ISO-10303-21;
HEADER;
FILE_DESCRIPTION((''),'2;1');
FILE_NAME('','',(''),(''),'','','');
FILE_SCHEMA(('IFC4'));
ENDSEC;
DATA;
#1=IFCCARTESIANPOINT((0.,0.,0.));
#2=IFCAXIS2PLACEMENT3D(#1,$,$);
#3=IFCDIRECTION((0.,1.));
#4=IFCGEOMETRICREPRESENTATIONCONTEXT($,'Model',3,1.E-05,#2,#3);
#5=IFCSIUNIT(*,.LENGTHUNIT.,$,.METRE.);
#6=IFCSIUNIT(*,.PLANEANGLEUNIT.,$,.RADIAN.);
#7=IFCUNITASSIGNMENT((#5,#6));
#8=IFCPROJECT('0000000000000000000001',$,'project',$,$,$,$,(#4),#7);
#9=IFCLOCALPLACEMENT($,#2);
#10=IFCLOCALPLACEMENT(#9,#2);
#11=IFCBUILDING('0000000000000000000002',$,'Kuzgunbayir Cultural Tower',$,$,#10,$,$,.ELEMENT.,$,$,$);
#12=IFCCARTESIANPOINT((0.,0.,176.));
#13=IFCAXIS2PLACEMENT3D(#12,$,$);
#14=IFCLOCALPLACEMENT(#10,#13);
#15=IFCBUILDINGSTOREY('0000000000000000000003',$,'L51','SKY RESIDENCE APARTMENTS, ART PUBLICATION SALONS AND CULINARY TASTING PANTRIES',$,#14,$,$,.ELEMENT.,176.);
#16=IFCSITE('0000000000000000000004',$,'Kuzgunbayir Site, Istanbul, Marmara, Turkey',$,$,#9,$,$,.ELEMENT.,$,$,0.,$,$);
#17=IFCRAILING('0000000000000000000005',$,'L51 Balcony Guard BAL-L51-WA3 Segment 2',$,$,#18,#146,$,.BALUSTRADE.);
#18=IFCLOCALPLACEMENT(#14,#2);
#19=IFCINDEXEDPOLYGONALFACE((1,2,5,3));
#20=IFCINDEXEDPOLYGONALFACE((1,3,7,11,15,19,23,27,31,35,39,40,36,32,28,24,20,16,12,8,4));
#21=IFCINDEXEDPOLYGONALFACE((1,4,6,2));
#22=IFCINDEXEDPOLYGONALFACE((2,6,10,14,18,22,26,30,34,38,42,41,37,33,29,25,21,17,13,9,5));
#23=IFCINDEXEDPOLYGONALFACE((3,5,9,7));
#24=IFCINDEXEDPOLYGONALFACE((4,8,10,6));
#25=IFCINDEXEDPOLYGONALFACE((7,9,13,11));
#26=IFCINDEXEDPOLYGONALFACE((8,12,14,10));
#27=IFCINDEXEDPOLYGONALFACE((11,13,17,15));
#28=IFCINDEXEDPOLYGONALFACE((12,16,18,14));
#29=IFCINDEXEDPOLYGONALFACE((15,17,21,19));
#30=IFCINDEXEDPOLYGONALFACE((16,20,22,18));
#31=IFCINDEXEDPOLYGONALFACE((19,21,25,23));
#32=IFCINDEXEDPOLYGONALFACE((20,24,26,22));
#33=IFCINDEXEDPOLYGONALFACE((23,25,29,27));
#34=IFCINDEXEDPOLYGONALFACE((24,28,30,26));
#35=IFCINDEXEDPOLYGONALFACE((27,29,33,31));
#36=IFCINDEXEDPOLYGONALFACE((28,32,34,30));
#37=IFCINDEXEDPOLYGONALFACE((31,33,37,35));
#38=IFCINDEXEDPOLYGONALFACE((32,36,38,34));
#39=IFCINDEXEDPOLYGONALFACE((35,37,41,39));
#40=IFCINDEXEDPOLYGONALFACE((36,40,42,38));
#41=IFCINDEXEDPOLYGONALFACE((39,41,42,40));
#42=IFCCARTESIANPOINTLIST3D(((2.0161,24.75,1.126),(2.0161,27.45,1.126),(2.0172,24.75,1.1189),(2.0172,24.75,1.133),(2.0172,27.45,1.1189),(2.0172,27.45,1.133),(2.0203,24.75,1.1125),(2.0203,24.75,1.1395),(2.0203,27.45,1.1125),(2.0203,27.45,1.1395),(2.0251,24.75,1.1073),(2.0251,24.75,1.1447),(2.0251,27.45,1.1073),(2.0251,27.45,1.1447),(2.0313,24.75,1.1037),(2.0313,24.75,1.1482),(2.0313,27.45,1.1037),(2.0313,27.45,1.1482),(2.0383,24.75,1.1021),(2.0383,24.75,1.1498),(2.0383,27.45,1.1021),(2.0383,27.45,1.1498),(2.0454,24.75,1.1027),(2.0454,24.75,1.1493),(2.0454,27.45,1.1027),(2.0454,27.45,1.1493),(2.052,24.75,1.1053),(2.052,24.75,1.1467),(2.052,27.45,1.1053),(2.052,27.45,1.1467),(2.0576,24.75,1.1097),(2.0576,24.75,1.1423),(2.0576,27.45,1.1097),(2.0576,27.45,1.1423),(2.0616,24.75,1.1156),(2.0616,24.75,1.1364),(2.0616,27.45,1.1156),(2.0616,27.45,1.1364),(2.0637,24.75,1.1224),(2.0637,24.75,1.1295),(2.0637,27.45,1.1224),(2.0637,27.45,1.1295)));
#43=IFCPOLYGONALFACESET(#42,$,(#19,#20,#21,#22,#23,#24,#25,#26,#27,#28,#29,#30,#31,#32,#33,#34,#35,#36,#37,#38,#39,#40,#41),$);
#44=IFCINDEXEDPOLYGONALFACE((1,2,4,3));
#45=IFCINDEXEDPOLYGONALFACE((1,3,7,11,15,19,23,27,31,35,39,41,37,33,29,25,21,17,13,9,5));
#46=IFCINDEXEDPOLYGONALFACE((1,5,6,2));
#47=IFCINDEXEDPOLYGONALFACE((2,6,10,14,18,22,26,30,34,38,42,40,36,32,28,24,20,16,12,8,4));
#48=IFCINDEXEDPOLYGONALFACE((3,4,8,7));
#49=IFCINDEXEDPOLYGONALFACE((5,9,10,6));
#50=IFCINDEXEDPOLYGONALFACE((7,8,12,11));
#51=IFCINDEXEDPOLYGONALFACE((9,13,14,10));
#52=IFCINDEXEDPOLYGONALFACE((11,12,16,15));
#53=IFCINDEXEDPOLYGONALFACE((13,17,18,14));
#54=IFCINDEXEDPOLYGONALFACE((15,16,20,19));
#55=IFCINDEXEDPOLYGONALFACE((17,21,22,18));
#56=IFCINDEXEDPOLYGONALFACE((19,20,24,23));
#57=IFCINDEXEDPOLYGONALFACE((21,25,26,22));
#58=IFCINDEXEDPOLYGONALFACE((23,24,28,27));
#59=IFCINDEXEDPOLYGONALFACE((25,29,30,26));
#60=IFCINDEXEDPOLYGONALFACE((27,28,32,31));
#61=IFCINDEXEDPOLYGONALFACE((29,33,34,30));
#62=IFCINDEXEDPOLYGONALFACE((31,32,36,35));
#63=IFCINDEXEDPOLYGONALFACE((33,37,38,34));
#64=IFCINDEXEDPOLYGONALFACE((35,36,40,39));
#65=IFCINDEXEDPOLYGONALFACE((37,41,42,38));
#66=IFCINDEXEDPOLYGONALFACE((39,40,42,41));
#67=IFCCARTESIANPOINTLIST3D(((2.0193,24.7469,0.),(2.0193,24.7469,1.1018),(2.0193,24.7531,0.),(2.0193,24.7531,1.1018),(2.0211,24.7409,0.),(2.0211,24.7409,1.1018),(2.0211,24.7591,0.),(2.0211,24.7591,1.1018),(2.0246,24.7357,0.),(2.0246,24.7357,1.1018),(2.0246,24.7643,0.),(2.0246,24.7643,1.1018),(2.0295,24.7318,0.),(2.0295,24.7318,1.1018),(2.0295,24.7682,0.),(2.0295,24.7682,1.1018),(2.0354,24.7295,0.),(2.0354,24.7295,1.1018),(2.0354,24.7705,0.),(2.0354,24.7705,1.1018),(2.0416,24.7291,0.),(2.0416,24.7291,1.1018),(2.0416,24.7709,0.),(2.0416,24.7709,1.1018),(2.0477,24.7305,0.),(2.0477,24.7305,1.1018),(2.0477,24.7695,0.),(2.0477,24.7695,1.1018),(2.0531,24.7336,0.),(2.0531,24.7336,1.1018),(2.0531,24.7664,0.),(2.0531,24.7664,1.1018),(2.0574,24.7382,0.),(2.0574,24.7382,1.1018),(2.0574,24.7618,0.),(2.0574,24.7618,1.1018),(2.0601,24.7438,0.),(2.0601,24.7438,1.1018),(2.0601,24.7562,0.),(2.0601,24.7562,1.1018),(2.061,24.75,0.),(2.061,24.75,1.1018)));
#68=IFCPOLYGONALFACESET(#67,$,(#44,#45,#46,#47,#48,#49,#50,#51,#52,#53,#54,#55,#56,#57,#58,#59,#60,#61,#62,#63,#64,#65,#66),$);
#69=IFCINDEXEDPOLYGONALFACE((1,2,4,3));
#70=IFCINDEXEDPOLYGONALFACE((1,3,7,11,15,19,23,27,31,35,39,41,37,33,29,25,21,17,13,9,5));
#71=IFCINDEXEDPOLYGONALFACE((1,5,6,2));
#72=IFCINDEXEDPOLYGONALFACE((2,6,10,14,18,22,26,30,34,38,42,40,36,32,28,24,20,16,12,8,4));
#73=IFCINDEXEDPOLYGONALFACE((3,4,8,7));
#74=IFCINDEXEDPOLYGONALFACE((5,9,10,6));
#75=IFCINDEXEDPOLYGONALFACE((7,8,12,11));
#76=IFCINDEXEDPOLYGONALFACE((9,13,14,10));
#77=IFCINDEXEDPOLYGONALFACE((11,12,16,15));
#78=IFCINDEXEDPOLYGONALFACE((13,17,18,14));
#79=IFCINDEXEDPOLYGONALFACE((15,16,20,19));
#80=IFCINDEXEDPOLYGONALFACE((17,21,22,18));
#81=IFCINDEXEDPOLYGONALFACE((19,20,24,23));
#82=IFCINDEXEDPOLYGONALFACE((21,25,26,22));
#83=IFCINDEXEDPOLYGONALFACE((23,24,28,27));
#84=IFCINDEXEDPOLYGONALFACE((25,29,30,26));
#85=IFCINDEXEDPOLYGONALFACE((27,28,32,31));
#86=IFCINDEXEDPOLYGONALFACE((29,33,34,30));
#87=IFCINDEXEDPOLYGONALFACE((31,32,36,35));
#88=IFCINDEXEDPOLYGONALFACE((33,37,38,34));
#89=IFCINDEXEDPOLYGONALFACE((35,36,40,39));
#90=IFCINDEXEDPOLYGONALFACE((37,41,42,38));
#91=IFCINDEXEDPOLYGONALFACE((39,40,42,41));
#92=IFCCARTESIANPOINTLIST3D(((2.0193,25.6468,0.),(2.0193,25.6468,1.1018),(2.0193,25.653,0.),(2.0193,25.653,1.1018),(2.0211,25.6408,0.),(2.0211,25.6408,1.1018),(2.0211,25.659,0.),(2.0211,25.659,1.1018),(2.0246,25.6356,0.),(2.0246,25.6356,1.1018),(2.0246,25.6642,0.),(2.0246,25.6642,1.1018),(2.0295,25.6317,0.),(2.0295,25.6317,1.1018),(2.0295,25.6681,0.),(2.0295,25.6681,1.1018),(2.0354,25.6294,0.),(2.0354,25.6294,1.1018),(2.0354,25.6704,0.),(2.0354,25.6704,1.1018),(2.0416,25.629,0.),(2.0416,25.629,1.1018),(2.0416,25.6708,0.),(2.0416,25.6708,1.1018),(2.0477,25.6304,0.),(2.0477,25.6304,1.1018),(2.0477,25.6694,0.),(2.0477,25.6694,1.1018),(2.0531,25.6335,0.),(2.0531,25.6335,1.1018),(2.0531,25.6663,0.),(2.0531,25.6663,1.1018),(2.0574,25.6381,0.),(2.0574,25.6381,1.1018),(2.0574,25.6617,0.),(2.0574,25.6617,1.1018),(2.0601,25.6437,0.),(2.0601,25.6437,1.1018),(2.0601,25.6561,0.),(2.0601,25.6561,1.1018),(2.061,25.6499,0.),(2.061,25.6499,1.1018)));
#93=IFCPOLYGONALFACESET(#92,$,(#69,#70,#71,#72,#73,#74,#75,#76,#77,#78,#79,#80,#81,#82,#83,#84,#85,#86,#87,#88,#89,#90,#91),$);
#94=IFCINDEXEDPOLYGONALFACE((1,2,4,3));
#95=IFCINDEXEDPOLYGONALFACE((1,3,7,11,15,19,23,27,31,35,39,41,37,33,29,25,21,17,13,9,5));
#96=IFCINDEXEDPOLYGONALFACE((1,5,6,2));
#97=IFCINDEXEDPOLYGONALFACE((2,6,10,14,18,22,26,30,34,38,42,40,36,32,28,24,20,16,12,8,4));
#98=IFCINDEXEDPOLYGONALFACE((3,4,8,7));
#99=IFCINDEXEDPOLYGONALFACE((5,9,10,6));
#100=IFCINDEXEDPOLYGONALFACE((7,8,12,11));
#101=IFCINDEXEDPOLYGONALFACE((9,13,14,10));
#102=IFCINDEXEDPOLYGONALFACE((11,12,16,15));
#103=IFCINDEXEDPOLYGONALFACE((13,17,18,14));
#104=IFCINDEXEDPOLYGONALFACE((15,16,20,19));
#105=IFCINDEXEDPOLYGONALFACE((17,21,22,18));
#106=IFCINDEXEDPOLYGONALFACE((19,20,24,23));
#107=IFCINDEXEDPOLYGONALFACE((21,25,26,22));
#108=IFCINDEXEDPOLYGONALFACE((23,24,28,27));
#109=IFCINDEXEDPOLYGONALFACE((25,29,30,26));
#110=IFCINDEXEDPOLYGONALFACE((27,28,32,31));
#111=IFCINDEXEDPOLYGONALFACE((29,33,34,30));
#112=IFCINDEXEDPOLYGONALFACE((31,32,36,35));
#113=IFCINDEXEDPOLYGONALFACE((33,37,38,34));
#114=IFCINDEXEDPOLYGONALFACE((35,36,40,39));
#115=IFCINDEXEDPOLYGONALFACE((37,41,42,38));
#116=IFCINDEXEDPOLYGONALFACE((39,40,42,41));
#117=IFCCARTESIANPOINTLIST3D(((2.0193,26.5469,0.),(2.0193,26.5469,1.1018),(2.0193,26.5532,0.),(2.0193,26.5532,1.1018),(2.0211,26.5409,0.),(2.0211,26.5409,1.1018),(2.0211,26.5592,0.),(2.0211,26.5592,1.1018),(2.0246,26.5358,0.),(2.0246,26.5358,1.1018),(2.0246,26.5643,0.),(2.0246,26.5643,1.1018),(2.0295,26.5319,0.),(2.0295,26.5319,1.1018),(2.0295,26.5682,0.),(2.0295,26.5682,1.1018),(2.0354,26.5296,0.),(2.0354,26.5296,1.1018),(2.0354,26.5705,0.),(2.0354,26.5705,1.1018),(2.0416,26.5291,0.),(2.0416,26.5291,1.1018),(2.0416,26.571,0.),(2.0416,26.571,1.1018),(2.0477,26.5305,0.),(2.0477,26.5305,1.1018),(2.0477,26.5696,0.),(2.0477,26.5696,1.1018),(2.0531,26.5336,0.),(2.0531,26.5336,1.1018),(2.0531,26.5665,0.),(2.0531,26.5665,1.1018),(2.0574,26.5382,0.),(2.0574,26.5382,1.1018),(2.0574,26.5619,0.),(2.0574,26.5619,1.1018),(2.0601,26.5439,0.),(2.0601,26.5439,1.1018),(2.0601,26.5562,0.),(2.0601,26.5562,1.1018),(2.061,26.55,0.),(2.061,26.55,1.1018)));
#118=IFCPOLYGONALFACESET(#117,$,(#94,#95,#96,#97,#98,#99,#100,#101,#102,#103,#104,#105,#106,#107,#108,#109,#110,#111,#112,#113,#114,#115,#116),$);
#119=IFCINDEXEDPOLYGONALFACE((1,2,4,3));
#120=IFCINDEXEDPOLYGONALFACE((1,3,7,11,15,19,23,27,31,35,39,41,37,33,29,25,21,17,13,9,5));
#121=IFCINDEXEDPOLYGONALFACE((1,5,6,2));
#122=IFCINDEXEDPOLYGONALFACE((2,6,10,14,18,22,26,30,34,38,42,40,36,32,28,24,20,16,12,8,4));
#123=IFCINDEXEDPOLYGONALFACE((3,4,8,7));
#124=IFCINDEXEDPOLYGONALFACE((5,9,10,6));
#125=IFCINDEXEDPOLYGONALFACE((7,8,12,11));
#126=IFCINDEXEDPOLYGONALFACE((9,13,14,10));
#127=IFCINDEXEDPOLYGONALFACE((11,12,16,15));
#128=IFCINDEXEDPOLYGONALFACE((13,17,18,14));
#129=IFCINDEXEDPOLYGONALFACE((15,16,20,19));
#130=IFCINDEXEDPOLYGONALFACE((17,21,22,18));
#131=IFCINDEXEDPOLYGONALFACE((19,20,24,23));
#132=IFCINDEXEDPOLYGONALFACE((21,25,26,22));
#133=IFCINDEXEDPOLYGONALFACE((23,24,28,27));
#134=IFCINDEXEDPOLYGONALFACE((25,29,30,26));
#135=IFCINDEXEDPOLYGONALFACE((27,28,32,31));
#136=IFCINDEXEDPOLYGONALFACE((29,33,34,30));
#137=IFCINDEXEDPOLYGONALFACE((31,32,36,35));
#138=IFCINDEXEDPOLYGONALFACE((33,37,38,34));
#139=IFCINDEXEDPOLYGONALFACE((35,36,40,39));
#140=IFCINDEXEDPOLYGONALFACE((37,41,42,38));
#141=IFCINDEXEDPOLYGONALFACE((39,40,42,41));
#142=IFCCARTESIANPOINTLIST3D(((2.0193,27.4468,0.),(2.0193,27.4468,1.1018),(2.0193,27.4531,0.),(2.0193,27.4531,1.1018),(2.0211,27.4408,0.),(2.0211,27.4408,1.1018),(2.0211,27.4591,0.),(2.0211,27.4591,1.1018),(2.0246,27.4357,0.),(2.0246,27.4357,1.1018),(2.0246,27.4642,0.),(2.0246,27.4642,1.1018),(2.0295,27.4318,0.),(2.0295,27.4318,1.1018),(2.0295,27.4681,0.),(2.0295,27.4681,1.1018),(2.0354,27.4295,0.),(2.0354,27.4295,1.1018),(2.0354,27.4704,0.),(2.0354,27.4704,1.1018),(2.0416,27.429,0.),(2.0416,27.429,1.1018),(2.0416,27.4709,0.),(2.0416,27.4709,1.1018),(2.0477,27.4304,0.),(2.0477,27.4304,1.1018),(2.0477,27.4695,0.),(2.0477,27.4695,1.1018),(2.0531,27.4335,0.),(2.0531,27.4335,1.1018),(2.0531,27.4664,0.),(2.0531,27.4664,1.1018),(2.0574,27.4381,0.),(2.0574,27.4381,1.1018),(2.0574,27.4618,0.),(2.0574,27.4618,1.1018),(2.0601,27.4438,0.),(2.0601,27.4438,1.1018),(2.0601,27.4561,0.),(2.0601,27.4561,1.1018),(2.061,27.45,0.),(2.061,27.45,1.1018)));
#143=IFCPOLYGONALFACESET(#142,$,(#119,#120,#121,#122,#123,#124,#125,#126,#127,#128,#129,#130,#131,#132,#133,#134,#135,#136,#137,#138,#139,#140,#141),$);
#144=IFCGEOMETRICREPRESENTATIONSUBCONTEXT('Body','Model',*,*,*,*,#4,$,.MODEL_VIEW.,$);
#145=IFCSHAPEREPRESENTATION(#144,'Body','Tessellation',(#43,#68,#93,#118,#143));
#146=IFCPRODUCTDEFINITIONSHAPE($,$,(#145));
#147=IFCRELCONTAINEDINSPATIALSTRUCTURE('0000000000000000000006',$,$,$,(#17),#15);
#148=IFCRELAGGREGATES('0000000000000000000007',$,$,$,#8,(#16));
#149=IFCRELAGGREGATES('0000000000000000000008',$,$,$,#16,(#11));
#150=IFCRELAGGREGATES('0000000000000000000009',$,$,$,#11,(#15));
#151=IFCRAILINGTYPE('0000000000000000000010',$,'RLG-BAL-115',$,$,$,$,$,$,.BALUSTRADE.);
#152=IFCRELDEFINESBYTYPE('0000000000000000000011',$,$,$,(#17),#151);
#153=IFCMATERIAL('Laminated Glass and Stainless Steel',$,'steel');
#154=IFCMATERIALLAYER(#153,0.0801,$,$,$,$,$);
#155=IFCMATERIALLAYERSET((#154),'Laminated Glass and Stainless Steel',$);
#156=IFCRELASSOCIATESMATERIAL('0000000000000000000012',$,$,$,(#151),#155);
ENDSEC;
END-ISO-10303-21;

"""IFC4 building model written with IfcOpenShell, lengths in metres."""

from ifc_helpers import new_model, si_unit, direction, frame, origin, origin_2d, place, context, subcontext, project, spatial, circle, extrude, material, layer, layer_set, type_object, element, save


model = new_model("IFC4")

# Units and contexts
model_context = context("Model", 3, precision=1e-05, world=origin(), true_north=direction((0.0, 1.0)))
body_context = subcontext(model_context, "Body", "Model", "MODEL_VIEW")
ifc_project = project(units=[si_unit("LENGTHUNIT", "METRE"), si_unit("PLANEANGLEUNIT", "RADIAN")], contexts=[model_context])

# Site, building, storey
site_placement = place(None, origin())
site = spatial("IfcSite", under=ifc_project, at=site_placement, Name="Kuzgunbayir Site, Istanbul, Marmara, Turkey", CompositionType="ELEMENT", RefElevation=0.0)
building_placement = place(site_placement, origin())
building = spatial("IfcBuilding", under=site, at=building_placement, Name="Kuzgunbayir Cultural Tower", CompositionType="ELEMENT")
storey_placement = place(building_placement, frame((0.0, 0.0, 176.0)))
storey = spatial("IfcBuildingStorey", under=building, at=storey_placement, Name="L51", Description="SKY RESIDENCE APARTMENTS, ART PUBLICATION SALONS AND CULINARY TASTING PANTRIES", CompositionType="ELEMENT", Elevation=176.0)

# Railing
ifc_material_1 = material(Name="Laminated Glass and Stainless Steel", Category="steel")
ifc_layer_1 = layer(ifc_material_1, 0.0801)
ifc_layer_set_1 = layer_set([ifc_layer_1], Name="Laminated Glass and Stainless Steel")
railing_type = type_object("IfcRailingType", Name="RLG-BAL-115", PredefinedType="BALUSTRADE", material=ifc_layer_set_1)
railing_1_placement = place(storey_placement, frame((2.04, 24.75, 0.0)))
element("IfcRailing", 1, at=railing_1_placement, inside=storey, type_object=railing_type, Name="L51 Balcony Guard BAL-L51-WA3 Segment 2", PredefinedType="BALUSTRADE", context=body_context, shape_type="SweptSolid", body=[
    extrude(circle(Radius=0.0239, at=origin_2d()), frame((0.0, 0.0, 1.126), z_axis=(0.0, 1.0, 0.0), x_axis=(-1.0, 0.0, 0.0)), (0.0, 0.0, 1.0), 2.7),
    extrude(circle(Radius=0.021, at=origin_2d()), origin(), (0.0, 0.0, 1.0), 1.1018),
    extrude(circle(Radius=0.021, at=origin_2d()), frame((0.0, 0.8999, 0.0)), (0.0, 0.0, 1.0), 1.1018),
    extrude(circle(Radius=0.021, at=origin_2d()), frame((0.0, 1.8, 0.0)), (0.0, 0.0, 1.0), 1.1018),
    extrude(circle(Radius=0.021, at=origin_2d()), frame((0.0, 2.7, 0.0)), (0.0, 0.0, 1.0), 1.1018),
])

save(model, "model.ifc")
